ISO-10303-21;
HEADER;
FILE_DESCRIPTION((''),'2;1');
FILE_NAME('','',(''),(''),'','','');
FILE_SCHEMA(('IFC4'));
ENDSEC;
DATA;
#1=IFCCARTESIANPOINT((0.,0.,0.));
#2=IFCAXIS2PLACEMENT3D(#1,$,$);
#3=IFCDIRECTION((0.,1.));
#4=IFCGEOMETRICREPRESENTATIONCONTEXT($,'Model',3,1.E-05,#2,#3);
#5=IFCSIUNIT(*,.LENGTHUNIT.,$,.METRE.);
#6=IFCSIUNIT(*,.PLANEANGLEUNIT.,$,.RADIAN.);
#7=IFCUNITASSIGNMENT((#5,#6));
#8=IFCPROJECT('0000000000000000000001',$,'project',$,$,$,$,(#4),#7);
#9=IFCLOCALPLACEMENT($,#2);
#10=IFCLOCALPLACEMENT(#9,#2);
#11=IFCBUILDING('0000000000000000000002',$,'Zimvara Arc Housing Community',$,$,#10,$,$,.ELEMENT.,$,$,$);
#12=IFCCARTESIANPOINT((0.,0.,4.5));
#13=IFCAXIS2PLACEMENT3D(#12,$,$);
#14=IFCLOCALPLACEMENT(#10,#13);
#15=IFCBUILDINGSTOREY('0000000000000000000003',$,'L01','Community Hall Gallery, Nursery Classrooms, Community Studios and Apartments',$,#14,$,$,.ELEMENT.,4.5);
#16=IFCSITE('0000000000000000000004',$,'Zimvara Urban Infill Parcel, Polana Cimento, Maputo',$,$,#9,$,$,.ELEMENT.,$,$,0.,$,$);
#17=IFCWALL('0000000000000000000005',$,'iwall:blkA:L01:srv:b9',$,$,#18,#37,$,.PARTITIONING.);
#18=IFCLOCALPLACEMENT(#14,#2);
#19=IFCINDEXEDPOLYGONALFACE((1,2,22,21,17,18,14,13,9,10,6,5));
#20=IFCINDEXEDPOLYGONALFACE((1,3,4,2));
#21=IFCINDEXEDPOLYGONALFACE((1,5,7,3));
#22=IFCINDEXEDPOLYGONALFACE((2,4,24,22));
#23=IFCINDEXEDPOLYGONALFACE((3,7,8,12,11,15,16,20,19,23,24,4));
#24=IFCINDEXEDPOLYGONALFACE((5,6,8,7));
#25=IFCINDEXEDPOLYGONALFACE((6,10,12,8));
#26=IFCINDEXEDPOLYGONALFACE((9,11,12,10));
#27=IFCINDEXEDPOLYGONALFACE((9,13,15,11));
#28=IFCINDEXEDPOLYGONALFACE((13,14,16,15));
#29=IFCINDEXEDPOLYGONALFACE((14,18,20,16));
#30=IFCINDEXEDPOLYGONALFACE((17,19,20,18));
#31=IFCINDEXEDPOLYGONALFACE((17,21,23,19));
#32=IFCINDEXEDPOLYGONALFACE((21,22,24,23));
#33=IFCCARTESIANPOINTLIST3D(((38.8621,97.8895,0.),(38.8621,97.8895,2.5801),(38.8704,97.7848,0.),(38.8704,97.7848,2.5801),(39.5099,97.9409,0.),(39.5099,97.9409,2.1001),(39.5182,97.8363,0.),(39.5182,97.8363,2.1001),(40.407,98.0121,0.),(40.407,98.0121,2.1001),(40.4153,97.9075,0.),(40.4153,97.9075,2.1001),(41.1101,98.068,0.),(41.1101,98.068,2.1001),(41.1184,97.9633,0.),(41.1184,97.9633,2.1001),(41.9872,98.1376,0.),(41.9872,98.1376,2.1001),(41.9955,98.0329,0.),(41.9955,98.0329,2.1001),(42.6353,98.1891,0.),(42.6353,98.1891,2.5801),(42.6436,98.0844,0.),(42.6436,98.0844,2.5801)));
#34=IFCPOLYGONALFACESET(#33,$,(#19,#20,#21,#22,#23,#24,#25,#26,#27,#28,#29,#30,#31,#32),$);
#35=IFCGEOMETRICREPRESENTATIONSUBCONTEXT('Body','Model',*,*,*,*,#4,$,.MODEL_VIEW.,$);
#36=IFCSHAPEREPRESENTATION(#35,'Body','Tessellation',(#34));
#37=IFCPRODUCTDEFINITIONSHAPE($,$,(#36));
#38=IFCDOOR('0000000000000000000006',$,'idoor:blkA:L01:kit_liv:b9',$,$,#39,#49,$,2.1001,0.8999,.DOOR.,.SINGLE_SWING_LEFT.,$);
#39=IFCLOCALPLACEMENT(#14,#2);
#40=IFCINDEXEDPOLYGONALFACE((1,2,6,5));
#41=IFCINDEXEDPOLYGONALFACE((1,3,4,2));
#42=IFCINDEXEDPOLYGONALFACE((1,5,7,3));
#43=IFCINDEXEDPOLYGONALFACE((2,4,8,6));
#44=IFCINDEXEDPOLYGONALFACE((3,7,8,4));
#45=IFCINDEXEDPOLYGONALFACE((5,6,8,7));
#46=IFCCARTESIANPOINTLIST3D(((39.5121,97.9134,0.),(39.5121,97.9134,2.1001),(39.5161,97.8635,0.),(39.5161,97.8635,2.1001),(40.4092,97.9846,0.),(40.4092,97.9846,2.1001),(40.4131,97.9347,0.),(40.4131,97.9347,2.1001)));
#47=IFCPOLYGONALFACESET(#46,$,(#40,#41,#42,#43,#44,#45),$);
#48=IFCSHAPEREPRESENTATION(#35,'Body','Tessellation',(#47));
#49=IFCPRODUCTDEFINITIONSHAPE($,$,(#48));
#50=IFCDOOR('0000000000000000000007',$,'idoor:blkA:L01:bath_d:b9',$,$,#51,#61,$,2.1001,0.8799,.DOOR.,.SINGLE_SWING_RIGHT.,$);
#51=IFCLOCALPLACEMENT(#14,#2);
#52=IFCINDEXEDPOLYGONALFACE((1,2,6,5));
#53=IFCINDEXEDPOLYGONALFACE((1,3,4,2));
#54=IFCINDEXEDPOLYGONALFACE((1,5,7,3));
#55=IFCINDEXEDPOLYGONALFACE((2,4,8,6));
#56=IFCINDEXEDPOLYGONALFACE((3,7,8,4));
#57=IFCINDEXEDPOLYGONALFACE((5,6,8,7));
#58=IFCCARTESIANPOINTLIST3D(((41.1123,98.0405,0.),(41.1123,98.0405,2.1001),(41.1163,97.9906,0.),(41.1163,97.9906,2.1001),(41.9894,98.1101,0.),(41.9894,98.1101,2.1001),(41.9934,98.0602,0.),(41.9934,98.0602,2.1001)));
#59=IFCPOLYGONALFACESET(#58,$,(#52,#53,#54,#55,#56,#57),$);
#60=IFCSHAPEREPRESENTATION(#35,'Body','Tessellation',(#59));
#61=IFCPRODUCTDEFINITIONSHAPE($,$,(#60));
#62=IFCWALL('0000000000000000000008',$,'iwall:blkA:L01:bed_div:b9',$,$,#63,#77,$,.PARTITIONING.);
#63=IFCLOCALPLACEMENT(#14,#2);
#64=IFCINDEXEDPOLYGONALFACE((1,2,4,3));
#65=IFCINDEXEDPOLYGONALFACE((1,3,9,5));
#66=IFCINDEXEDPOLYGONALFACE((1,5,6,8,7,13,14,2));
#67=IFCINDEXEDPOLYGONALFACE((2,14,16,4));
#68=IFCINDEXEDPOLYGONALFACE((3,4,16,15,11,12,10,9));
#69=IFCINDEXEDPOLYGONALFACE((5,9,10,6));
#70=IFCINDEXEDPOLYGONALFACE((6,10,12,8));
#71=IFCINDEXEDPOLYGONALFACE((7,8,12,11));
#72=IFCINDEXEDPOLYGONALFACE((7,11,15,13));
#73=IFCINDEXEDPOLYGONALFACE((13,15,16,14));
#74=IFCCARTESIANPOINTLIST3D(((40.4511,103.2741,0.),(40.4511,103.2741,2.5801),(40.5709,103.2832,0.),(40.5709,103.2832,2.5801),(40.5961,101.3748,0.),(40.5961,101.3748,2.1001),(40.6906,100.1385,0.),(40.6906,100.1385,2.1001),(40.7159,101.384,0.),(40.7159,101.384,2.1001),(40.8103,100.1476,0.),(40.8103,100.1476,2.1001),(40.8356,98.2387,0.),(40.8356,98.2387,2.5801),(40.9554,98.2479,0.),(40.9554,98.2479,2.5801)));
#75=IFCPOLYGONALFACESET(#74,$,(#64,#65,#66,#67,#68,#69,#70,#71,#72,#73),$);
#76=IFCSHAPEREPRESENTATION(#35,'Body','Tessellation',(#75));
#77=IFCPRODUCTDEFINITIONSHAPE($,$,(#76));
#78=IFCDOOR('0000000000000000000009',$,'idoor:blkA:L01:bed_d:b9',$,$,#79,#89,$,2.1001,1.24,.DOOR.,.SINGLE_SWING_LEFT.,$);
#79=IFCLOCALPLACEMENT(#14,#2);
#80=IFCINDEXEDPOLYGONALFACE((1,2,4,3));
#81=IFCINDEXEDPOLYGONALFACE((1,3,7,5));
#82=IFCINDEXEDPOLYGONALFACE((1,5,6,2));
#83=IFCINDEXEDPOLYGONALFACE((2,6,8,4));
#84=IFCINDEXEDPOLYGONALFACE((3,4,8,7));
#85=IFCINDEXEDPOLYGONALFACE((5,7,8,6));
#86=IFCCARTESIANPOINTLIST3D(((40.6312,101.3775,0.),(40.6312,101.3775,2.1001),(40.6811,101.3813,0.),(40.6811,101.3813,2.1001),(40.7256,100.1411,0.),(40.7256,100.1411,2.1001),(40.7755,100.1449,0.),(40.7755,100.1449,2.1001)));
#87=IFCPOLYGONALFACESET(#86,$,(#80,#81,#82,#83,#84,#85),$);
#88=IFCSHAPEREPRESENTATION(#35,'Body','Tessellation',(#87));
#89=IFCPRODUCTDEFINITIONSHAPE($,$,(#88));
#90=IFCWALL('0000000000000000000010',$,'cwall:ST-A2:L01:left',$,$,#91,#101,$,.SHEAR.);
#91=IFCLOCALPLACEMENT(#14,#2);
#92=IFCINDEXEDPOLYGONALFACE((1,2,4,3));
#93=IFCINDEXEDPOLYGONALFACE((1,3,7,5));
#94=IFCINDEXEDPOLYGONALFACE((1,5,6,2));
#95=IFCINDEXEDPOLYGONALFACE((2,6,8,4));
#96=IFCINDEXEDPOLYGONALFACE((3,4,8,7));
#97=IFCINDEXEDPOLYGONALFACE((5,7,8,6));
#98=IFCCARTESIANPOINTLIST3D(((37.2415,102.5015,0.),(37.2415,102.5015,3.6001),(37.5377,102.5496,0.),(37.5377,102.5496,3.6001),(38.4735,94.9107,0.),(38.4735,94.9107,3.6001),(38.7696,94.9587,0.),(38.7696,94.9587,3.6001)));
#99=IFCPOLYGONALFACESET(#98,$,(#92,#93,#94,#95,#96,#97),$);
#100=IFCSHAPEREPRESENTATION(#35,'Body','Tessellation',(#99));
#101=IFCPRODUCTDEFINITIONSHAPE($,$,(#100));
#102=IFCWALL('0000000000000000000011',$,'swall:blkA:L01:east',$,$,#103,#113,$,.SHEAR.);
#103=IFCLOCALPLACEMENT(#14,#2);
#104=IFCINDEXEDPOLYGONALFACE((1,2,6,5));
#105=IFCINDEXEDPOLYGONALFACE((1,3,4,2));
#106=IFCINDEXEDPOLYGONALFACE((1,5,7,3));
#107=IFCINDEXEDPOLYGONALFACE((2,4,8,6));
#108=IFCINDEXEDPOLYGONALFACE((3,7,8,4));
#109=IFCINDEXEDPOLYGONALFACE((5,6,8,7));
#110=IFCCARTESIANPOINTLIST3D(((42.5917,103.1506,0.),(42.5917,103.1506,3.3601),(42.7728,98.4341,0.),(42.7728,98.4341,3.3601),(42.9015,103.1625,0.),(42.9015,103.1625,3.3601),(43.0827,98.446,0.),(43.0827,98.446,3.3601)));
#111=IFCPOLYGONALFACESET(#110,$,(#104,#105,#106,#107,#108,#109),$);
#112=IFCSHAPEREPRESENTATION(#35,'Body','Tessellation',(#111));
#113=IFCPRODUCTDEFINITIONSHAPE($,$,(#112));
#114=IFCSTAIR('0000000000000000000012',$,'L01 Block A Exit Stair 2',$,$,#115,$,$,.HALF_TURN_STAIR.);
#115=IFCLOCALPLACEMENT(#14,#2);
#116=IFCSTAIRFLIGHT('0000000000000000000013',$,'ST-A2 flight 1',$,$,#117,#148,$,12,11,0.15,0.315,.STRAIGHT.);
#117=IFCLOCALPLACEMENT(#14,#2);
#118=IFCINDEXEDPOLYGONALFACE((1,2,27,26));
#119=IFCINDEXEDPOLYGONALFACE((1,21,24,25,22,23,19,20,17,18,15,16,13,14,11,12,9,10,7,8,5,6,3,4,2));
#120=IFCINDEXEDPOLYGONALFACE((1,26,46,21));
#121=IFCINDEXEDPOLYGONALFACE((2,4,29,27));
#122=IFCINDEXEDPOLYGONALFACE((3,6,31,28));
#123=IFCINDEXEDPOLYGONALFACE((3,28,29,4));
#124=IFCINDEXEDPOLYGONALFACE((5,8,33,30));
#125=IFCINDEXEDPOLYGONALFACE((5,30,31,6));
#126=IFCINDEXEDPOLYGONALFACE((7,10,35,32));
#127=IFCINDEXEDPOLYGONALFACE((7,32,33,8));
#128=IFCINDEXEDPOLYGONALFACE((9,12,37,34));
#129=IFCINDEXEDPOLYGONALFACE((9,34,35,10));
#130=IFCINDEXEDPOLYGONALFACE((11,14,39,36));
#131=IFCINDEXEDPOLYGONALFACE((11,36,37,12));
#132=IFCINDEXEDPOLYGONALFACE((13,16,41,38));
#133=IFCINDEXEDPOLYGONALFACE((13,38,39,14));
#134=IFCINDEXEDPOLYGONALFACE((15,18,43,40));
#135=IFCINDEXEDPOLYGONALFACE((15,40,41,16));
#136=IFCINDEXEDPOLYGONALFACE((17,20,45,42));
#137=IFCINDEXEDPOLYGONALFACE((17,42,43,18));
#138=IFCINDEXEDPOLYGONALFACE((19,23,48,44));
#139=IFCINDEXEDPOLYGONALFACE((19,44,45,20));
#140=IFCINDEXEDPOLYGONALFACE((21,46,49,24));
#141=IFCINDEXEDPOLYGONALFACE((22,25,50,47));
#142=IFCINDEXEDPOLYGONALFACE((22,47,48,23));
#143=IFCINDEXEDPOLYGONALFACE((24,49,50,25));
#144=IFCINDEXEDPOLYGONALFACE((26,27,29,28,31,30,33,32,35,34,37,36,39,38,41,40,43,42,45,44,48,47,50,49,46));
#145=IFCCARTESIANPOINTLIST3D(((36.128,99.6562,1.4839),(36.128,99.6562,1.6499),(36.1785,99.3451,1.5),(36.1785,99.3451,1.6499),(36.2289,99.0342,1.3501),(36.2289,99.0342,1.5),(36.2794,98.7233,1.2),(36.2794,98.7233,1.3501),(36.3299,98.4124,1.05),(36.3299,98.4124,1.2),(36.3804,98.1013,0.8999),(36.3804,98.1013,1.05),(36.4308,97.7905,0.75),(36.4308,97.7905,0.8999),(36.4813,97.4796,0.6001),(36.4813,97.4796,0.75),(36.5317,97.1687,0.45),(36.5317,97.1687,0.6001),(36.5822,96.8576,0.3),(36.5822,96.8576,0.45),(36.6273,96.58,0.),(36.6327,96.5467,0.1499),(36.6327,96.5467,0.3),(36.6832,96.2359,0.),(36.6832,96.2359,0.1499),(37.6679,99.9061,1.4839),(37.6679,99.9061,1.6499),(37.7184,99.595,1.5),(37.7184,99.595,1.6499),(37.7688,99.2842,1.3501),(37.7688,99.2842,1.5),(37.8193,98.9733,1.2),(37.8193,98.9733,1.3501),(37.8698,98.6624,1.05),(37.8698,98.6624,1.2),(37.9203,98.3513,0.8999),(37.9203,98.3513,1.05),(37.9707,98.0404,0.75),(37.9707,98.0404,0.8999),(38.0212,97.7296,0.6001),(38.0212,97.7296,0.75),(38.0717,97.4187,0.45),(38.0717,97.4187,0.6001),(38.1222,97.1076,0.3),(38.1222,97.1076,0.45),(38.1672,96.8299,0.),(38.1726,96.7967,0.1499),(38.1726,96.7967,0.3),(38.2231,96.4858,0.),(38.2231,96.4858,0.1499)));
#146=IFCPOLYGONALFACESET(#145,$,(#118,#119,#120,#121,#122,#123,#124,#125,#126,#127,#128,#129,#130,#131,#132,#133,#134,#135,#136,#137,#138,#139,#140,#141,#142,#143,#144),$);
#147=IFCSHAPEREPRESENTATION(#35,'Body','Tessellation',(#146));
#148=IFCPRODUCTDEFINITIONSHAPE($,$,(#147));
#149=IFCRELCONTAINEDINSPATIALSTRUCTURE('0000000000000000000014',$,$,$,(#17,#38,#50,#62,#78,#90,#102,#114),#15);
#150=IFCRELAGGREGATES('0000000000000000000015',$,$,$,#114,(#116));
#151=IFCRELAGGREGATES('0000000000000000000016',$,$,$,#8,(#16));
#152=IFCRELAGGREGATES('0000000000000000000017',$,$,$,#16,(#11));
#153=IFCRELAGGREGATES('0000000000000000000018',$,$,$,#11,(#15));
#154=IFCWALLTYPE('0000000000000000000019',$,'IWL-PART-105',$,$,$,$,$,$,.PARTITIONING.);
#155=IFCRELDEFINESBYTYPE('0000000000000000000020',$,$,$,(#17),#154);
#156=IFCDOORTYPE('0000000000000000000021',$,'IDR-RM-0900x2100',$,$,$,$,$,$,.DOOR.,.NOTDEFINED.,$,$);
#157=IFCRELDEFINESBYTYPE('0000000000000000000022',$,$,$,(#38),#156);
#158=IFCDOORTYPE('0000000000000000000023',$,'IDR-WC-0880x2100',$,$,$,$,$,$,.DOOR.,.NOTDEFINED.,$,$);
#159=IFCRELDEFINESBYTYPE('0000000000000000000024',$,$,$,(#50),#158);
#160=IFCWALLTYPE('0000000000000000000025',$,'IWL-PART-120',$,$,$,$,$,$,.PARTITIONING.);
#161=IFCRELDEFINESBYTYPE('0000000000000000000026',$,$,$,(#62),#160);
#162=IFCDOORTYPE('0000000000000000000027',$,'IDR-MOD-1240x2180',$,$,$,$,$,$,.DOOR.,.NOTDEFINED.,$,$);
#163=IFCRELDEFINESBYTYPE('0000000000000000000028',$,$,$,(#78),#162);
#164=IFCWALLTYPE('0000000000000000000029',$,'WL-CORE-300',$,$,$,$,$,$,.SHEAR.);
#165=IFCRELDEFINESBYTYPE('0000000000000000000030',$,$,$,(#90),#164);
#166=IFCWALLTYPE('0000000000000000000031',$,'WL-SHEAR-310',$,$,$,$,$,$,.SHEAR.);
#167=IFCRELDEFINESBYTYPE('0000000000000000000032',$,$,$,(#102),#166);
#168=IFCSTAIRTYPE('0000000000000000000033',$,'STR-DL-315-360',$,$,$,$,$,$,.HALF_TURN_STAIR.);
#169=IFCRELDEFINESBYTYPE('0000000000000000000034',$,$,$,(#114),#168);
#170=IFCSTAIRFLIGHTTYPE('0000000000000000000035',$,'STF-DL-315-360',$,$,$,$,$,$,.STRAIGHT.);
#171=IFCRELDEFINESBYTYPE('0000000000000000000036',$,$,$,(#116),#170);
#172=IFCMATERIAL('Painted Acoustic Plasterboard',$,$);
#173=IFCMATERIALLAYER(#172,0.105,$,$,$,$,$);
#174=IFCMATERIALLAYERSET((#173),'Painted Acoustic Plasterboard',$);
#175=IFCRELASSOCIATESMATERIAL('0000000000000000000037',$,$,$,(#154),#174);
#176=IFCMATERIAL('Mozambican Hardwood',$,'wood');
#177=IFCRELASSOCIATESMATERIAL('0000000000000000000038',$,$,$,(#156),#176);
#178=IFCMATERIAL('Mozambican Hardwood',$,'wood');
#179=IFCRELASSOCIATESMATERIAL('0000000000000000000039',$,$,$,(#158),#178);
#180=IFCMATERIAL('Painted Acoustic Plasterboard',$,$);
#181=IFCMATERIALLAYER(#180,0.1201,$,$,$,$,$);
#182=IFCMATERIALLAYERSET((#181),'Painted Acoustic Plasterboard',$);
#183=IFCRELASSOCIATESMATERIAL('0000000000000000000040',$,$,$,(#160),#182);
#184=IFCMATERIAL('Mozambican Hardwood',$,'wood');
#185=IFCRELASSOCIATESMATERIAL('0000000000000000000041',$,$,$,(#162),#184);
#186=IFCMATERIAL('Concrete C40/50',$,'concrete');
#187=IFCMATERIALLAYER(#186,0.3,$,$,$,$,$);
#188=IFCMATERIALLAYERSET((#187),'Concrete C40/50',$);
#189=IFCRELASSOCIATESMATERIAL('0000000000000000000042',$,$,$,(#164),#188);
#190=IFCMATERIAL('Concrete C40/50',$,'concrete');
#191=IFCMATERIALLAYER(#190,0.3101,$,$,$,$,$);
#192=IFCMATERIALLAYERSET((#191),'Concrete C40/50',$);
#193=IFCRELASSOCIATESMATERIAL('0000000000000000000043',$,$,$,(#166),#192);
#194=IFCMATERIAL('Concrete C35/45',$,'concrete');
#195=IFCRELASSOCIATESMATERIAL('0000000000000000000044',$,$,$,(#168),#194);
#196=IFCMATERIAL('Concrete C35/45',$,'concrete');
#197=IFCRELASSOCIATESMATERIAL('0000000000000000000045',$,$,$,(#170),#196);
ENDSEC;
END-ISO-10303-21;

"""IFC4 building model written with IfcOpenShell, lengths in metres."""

from ifc_helpers import new_model, si_unit, direction, frame, frame_2d, origin, place, context, subcontext, project, spatial, polyline, rectangle, outline, extrude, material, layer, layer_set, type_object, element, fill, aggregate, save


model = new_model("IFC4")

# Units and contexts
model_context = context("Model", 3, precision=1e-05, world=origin(), true_north=direction((0.0, 1.0)))
body_context = subcontext(model_context, "Body", "Model", "MODEL_VIEW")
ifc_project = project(units=[si_unit("LENGTHUNIT", "METRE"), si_unit("PLANEANGLEUNIT", "RADIAN")], contexts=[model_context])

# Site, building, storey
site_placement = place(None, origin())
site = spatial("IfcSite", under=ifc_project, at=site_placement, Name="Zimvara Urban Infill Parcel, Polana Cimento, Maputo", CompositionType="ELEMENT", RefElevation=0.0)
building_placement = place(site_placement, origin())
building = spatial("IfcBuilding", under=site, at=building_placement, Name="Zimvara Arc Housing Community", CompositionType="ELEMENT")
storey_placement = place(building_placement, frame((0.0, 0.0, 4.5)))
storey = spatial("IfcBuildingStorey", under=building, at=storey_placement, Name="L01", Description="Community Hall Gallery, Nursery Classrooms, Community Studios and Apartments", CompositionType="ELEMENT", Elevation=4.5)

# Wall, openings, doors
ifc_material_1 = material(Name="Painted Acoustic Plasterboard")
ifc_layer_1 = layer(ifc_material_1, 0.105)
ifc_layer_set_1 = layer_set([ifc_layer_1], Name="Painted Acoustic Plasterboard")
wall_type_1 = type_object("IfcWallType", Name="IWL-PART-105", PredefinedType="PARTITIONING", material=ifc_layer_set_1)
wall_1_placement = place(storey_placement, frame((38.8662, 97.8372, 0.0), z_axis=(0.0, 0.0, 1.0), x_axis=(0.996863, 0.079143, 0.0)))
wall_1 = element("IfcWall", 1, at=wall_1_placement, inside=storey, type_object=wall_type_1, Name="iwall:blkA:L01:srv:b9", PredefinedType="PARTITIONING", context=body_context, shape_type="SweptSolid", body=[
    extrude(rectangle(XDim=3.7852, YDim=0.105, at=frame_2d((1.8926, 0.0))), origin(), (0.0, 0.0, 1.0), 2.5801),
])
opening_1_placement = place(wall_1_placement, frame((0.6499, 0.0, 0.0)))
opening_1 = element("IfcOpeningElement", 2, at=opening_1_placement, cuts=wall_1, PredefinedType="OPENING", context=body_context, shape_type="SweptSolid", body=[
    extrude(rectangle(XDim=0.8999, YDim=2.1001, at=frame_2d((0.45, 1.05))), frame((0.0, 0.0625, 0.0), z_axis=(0.0, -1.0, 0.0), x_axis=(1.0, 0.0, 0.0)), (0.0, 0.0, 1.0), 0.125),
])
opening_2_placement = place(wall_1_placement, frame((2.2551, 0.0, 0.0)))
opening_2 = element("IfcOpeningElement", 3, at=opening_2_placement, cuts=wall_1, PredefinedType="OPENING", context=body_context, shape_type="SweptSolid", body=[
    extrude(rectangle(XDim=0.8799, YDim=2.1001, at=frame_2d((0.4399, 1.05))), frame((0.0, 0.0625, 0.0), z_axis=(0.0, -1.0, 0.0), x_axis=(1.0, 0.0, 0.0)), (0.0, 0.0, 1.0), 0.125),
])
ifc_material_2 = material(Name="Mozambican Hardwood", Category="wood")
door_type_1 = type_object("IfcDoorType", Name="IDR-RM-0900x2100", OperationType="NOTDEFINED", PredefinedType="DOOR", material=ifc_material_2)
door_1_placement = place(opening_1_placement, origin())
door_1 = element("IfcDoor", 4, at=door_1_placement, inside=storey, type_object=door_type_1, Name="idoor:blkA:L01:kit_liv:b9", OperationType="SINGLE_SWING_LEFT", OverallHeight=2.1001, OverallWidth=0.8999, PredefinedType="DOOR", context=body_context, shape_type="SweptSolid", body=[
    extrude(rectangle(XDim=0.8999, YDim=2.1001, at=frame_2d((0.45, 1.05))), frame((0.0, 0.0249, 0.0), z_axis=(0.0, -1.0, 0.0), x_axis=(1.0, 0.0, 0.0)), (0.0, 0.0, 1.0), 0.05),
])
fill(opening_1, door_1)
ifc_material_3 = material(Name="Mozambican Hardwood", Category="wood")
door_type_2 = type_object("IfcDoorType", Name="IDR-WC-0880x2100", OperationType="NOTDEFINED", PredefinedType="DOOR", material=ifc_material_3)
door_2_placement = place(opening_2_placement, origin())
door_2 = element("IfcDoor", 5, at=door_2_placement, inside=storey, type_object=door_type_2, Name="idoor:blkA:L01:bath_d:b9", OperationType="SINGLE_SWING_RIGHT", OverallHeight=2.1001, OverallWidth=0.8799, PredefinedType="DOOR", context=body_context, shape_type="SweptSolid", body=[
    extrude(rectangle(XDim=0.8799, YDim=2.1001, at=frame_2d((0.4399, 1.05))), frame((0.0, 0.0249, 0.0), z_axis=(0.0, -1.0, 0.0), x_axis=(1.0, 0.0, 0.0)), (0.0, 0.0, 1.0), 0.05),
])
fill(opening_2, door_2)

# Wall, opening, door
ifc_material_4 = material(Name="Painted Acoustic Plasterboard")
ifc_layer_2 = layer(ifc_material_4, 0.1201)
ifc_layer_set_2 = layer_set([ifc_layer_2], Name="Painted Acoustic Plasterboard")
wall_type_2 = type_object("IfcWallType", Name="IWL-PART-120", PredefinedType="PARTITIONING", material=ifc_layer_set_2)
wall_2_placement = place(storey_placement, frame((40.8955, 98.2434, 0.0), z_axis=(0.0, 0.0, 1.0), x_axis=(-0.076142, 0.997097, 0.0)))
wall_2 = element("IfcWall", 6, at=wall_2_placement, inside=storey, type_object=wall_type_2, Name="iwall:blkA:L01:bed_div:b9", PredefinedType="PARTITIONING", context=body_context, shape_type="SweptSolid", body=[
    extrude(rectangle(XDim=5.05, YDim=0.1201, at=frame_2d((2.5249, 0.0))), origin(), (0.0, 0.0, 1.0), 2.5801),
])
opening_3_placement = place(wall_2_placement, frame((1.905, 0.0, 0.0)))
opening_3 = element("IfcOpeningElement", 7, at=opening_3_placement, cuts=wall_2, PredefinedType="OPENING", context=body_context, shape_type="SweptSolid", body=[
    extrude(rectangle(XDim=1.24, YDim=2.1001, at=frame_2d((0.6201, 1.05))), frame((0.0, 0.0701, 0.0), z_axis=(0.0, -1.0, 0.0), x_axis=(1.0, 0.0, 0.0)), (0.0, 0.0, 1.0), 0.1401),
])
ifc_material_5 = material(Name="Mozambican Hardwood", Category="wood")
door_type_3 = type_object("IfcDoorType", Name="IDR-MOD-1240x2180", OperationType="NOTDEFINED", PredefinedType="DOOR", material=ifc_material_5)
door_3_placement = place(opening_3_placement, origin())
door_3 = element("IfcDoor", 8, at=door_3_placement, inside=storey, type_object=door_type_3, Name="idoor:blkA:L01:bed_d:b9", OperationType="SINGLE_SWING_LEFT", OverallHeight=2.1001, OverallWidth=1.24, PredefinedType="DOOR", context=body_context, shape_type="SweptSolid", body=[
    extrude(rectangle(XDim=1.24, YDim=2.1001, at=frame_2d((0.6201, 1.05))), frame((0.0, 0.0249, 0.0), z_axis=(0.0, -1.0, 0.0), x_axis=(1.0, 0.0, 0.0)), (0.0, 0.0, 1.0), 0.05),
])
fill(opening_3, door_3)
ifc_material_6 = material(Name="Concrete C40/50", Category="concrete")
ifc_layer_3 = layer(ifc_material_6, 0.3)
ifc_layer_set_3 = layer_set([ifc_layer_3], Name="Concrete C40/50")
wall_type_3 = type_object("IfcWallType", Name="WL-CORE-300", PredefinedType="SHEAR", material=ifc_layer_set_3)

# Walls
wall_3_placement = place(storey_placement, frame((38.6216, 94.9346, 0.0), z_axis=(0.0, 0.0, 1.0), x_axis=(-0.160197, 0.987085, 0.0)))
element("IfcWall", 9, at=wall_3_placement, inside=storey, type_object=wall_type_3, Name="cwall:ST-A2:L01:left", PredefinedType="SHEAR", context=body_context, shape_type="SweptSolid", body=[
    extrude(rectangle(XDim=7.6902, YDim=0.3, at=frame_2d((3.8452, 0.0))), origin(), (0.0, 0.0, 1.0), 3.6001),
])
ifc_material_7 = material(Name="Concrete C40/50", Category="concrete")
ifc_layer_4 = layer(ifc_material_7, 0.3101)
ifc_layer_set_4 = layer_set([ifc_layer_4], Name="Concrete C40/50")
wall_type_4 = type_object("IfcWallType", Name="WL-SHEAR-310", PredefinedType="SHEAR", material=ifc_layer_set_4)
wall_4_placement = place(storey_placement, frame((42.9277, 98.4402, 0.0), z_axis=(0.0, 0.0, 1.0), x_axis=(-0.038379, 0.999263, 0.0)))
element("IfcWall", 10, at=wall_4_placement, inside=storey, type_object=wall_type_4, Name="swall:blkA:L01:east", PredefinedType="SHEAR", context=body_context, shape_type="SweptSolid", body=[
    extrude(rectangle(XDim=4.72, YDim=0.3101, at=frame_2d((2.3599, 0.0))), origin(), (0.0, 0.0, 1.0), 3.3601),
])

# Stair, stair flight
ifc_material_8 = material(Name="Concrete C35/45", Category="concrete")
stair_type = type_object("IfcStairType", Name="STR-DL-315-360", PredefinedType="HALF_TURN_STAIR", material=ifc_material_8)
stair_placement = place(storey_placement, origin())
stair = element("IfcStair", 11, at=stair_placement, inside=storey, type_object=stair_type, Name="L01 Block A Exit Stair 2", PredefinedType="HALF_TURN_STAIR")
ifc_material_9 = material(Name="Concrete C35/45", Category="concrete")
stair_flight_type = type_object("IfcStairFlightType", Name="STF-DL-315-360", PredefinedType="STRAIGHT", material=ifc_material_9)
stair_flight_placement = place(storey_placement, frame((37.4531, 96.3608, 0.0), z_axis=(0.0, 0.0, 1.0), x_axis=(-0.160226, 0.98708, 0.0)))
stair_flight = element("IfcStairFlight", 12, at=stair_flight_placement, type_object=stair_flight_type, Name="ST-A2 flight 1", NumberOfRisers=12, NumberOfTreads=11, PredefinedType="STRAIGHT", RiserHeight=0.15, TreadLength=0.315, context=body_context, shape_type="SweptSolid", body=[
    extrude(outline(polyline([(0.0, 0.0), (0.0, 0.1499), (0.3149, 0.1499), (0.3149, 0.3), (0.6299, 0.3), (0.6299, 0.45), (0.9451, 0.45), (0.9451, 0.6001), (1.26, 0.6001), (1.26, 0.75), (1.575, 0.75), (1.575, 0.8999), (1.8899, 0.8999), (1.8899, 1.05), (2.2051, 1.05), (2.2051, 1.2), (2.52, 1.2), (2.52, 1.3501), (2.835, 1.3501), (2.835, 1.5), (3.1499, 1.5), (3.1499, 1.6499), (3.4651, 1.6499), (3.4651, 1.8), (3.4651, 1.4839), (0.3486, 0.0), (0.0, 0.0)])), frame((0.0, 0.78, 0.0), z_axis=(0.0, -1.0, 0.0), x_axis=(1.0, 0.0, 0.0)), (0.0, 0.0, 1.0), 1.5601),
])
aggregate(stair, [stair_flight])

save(model, "model.ifc")
